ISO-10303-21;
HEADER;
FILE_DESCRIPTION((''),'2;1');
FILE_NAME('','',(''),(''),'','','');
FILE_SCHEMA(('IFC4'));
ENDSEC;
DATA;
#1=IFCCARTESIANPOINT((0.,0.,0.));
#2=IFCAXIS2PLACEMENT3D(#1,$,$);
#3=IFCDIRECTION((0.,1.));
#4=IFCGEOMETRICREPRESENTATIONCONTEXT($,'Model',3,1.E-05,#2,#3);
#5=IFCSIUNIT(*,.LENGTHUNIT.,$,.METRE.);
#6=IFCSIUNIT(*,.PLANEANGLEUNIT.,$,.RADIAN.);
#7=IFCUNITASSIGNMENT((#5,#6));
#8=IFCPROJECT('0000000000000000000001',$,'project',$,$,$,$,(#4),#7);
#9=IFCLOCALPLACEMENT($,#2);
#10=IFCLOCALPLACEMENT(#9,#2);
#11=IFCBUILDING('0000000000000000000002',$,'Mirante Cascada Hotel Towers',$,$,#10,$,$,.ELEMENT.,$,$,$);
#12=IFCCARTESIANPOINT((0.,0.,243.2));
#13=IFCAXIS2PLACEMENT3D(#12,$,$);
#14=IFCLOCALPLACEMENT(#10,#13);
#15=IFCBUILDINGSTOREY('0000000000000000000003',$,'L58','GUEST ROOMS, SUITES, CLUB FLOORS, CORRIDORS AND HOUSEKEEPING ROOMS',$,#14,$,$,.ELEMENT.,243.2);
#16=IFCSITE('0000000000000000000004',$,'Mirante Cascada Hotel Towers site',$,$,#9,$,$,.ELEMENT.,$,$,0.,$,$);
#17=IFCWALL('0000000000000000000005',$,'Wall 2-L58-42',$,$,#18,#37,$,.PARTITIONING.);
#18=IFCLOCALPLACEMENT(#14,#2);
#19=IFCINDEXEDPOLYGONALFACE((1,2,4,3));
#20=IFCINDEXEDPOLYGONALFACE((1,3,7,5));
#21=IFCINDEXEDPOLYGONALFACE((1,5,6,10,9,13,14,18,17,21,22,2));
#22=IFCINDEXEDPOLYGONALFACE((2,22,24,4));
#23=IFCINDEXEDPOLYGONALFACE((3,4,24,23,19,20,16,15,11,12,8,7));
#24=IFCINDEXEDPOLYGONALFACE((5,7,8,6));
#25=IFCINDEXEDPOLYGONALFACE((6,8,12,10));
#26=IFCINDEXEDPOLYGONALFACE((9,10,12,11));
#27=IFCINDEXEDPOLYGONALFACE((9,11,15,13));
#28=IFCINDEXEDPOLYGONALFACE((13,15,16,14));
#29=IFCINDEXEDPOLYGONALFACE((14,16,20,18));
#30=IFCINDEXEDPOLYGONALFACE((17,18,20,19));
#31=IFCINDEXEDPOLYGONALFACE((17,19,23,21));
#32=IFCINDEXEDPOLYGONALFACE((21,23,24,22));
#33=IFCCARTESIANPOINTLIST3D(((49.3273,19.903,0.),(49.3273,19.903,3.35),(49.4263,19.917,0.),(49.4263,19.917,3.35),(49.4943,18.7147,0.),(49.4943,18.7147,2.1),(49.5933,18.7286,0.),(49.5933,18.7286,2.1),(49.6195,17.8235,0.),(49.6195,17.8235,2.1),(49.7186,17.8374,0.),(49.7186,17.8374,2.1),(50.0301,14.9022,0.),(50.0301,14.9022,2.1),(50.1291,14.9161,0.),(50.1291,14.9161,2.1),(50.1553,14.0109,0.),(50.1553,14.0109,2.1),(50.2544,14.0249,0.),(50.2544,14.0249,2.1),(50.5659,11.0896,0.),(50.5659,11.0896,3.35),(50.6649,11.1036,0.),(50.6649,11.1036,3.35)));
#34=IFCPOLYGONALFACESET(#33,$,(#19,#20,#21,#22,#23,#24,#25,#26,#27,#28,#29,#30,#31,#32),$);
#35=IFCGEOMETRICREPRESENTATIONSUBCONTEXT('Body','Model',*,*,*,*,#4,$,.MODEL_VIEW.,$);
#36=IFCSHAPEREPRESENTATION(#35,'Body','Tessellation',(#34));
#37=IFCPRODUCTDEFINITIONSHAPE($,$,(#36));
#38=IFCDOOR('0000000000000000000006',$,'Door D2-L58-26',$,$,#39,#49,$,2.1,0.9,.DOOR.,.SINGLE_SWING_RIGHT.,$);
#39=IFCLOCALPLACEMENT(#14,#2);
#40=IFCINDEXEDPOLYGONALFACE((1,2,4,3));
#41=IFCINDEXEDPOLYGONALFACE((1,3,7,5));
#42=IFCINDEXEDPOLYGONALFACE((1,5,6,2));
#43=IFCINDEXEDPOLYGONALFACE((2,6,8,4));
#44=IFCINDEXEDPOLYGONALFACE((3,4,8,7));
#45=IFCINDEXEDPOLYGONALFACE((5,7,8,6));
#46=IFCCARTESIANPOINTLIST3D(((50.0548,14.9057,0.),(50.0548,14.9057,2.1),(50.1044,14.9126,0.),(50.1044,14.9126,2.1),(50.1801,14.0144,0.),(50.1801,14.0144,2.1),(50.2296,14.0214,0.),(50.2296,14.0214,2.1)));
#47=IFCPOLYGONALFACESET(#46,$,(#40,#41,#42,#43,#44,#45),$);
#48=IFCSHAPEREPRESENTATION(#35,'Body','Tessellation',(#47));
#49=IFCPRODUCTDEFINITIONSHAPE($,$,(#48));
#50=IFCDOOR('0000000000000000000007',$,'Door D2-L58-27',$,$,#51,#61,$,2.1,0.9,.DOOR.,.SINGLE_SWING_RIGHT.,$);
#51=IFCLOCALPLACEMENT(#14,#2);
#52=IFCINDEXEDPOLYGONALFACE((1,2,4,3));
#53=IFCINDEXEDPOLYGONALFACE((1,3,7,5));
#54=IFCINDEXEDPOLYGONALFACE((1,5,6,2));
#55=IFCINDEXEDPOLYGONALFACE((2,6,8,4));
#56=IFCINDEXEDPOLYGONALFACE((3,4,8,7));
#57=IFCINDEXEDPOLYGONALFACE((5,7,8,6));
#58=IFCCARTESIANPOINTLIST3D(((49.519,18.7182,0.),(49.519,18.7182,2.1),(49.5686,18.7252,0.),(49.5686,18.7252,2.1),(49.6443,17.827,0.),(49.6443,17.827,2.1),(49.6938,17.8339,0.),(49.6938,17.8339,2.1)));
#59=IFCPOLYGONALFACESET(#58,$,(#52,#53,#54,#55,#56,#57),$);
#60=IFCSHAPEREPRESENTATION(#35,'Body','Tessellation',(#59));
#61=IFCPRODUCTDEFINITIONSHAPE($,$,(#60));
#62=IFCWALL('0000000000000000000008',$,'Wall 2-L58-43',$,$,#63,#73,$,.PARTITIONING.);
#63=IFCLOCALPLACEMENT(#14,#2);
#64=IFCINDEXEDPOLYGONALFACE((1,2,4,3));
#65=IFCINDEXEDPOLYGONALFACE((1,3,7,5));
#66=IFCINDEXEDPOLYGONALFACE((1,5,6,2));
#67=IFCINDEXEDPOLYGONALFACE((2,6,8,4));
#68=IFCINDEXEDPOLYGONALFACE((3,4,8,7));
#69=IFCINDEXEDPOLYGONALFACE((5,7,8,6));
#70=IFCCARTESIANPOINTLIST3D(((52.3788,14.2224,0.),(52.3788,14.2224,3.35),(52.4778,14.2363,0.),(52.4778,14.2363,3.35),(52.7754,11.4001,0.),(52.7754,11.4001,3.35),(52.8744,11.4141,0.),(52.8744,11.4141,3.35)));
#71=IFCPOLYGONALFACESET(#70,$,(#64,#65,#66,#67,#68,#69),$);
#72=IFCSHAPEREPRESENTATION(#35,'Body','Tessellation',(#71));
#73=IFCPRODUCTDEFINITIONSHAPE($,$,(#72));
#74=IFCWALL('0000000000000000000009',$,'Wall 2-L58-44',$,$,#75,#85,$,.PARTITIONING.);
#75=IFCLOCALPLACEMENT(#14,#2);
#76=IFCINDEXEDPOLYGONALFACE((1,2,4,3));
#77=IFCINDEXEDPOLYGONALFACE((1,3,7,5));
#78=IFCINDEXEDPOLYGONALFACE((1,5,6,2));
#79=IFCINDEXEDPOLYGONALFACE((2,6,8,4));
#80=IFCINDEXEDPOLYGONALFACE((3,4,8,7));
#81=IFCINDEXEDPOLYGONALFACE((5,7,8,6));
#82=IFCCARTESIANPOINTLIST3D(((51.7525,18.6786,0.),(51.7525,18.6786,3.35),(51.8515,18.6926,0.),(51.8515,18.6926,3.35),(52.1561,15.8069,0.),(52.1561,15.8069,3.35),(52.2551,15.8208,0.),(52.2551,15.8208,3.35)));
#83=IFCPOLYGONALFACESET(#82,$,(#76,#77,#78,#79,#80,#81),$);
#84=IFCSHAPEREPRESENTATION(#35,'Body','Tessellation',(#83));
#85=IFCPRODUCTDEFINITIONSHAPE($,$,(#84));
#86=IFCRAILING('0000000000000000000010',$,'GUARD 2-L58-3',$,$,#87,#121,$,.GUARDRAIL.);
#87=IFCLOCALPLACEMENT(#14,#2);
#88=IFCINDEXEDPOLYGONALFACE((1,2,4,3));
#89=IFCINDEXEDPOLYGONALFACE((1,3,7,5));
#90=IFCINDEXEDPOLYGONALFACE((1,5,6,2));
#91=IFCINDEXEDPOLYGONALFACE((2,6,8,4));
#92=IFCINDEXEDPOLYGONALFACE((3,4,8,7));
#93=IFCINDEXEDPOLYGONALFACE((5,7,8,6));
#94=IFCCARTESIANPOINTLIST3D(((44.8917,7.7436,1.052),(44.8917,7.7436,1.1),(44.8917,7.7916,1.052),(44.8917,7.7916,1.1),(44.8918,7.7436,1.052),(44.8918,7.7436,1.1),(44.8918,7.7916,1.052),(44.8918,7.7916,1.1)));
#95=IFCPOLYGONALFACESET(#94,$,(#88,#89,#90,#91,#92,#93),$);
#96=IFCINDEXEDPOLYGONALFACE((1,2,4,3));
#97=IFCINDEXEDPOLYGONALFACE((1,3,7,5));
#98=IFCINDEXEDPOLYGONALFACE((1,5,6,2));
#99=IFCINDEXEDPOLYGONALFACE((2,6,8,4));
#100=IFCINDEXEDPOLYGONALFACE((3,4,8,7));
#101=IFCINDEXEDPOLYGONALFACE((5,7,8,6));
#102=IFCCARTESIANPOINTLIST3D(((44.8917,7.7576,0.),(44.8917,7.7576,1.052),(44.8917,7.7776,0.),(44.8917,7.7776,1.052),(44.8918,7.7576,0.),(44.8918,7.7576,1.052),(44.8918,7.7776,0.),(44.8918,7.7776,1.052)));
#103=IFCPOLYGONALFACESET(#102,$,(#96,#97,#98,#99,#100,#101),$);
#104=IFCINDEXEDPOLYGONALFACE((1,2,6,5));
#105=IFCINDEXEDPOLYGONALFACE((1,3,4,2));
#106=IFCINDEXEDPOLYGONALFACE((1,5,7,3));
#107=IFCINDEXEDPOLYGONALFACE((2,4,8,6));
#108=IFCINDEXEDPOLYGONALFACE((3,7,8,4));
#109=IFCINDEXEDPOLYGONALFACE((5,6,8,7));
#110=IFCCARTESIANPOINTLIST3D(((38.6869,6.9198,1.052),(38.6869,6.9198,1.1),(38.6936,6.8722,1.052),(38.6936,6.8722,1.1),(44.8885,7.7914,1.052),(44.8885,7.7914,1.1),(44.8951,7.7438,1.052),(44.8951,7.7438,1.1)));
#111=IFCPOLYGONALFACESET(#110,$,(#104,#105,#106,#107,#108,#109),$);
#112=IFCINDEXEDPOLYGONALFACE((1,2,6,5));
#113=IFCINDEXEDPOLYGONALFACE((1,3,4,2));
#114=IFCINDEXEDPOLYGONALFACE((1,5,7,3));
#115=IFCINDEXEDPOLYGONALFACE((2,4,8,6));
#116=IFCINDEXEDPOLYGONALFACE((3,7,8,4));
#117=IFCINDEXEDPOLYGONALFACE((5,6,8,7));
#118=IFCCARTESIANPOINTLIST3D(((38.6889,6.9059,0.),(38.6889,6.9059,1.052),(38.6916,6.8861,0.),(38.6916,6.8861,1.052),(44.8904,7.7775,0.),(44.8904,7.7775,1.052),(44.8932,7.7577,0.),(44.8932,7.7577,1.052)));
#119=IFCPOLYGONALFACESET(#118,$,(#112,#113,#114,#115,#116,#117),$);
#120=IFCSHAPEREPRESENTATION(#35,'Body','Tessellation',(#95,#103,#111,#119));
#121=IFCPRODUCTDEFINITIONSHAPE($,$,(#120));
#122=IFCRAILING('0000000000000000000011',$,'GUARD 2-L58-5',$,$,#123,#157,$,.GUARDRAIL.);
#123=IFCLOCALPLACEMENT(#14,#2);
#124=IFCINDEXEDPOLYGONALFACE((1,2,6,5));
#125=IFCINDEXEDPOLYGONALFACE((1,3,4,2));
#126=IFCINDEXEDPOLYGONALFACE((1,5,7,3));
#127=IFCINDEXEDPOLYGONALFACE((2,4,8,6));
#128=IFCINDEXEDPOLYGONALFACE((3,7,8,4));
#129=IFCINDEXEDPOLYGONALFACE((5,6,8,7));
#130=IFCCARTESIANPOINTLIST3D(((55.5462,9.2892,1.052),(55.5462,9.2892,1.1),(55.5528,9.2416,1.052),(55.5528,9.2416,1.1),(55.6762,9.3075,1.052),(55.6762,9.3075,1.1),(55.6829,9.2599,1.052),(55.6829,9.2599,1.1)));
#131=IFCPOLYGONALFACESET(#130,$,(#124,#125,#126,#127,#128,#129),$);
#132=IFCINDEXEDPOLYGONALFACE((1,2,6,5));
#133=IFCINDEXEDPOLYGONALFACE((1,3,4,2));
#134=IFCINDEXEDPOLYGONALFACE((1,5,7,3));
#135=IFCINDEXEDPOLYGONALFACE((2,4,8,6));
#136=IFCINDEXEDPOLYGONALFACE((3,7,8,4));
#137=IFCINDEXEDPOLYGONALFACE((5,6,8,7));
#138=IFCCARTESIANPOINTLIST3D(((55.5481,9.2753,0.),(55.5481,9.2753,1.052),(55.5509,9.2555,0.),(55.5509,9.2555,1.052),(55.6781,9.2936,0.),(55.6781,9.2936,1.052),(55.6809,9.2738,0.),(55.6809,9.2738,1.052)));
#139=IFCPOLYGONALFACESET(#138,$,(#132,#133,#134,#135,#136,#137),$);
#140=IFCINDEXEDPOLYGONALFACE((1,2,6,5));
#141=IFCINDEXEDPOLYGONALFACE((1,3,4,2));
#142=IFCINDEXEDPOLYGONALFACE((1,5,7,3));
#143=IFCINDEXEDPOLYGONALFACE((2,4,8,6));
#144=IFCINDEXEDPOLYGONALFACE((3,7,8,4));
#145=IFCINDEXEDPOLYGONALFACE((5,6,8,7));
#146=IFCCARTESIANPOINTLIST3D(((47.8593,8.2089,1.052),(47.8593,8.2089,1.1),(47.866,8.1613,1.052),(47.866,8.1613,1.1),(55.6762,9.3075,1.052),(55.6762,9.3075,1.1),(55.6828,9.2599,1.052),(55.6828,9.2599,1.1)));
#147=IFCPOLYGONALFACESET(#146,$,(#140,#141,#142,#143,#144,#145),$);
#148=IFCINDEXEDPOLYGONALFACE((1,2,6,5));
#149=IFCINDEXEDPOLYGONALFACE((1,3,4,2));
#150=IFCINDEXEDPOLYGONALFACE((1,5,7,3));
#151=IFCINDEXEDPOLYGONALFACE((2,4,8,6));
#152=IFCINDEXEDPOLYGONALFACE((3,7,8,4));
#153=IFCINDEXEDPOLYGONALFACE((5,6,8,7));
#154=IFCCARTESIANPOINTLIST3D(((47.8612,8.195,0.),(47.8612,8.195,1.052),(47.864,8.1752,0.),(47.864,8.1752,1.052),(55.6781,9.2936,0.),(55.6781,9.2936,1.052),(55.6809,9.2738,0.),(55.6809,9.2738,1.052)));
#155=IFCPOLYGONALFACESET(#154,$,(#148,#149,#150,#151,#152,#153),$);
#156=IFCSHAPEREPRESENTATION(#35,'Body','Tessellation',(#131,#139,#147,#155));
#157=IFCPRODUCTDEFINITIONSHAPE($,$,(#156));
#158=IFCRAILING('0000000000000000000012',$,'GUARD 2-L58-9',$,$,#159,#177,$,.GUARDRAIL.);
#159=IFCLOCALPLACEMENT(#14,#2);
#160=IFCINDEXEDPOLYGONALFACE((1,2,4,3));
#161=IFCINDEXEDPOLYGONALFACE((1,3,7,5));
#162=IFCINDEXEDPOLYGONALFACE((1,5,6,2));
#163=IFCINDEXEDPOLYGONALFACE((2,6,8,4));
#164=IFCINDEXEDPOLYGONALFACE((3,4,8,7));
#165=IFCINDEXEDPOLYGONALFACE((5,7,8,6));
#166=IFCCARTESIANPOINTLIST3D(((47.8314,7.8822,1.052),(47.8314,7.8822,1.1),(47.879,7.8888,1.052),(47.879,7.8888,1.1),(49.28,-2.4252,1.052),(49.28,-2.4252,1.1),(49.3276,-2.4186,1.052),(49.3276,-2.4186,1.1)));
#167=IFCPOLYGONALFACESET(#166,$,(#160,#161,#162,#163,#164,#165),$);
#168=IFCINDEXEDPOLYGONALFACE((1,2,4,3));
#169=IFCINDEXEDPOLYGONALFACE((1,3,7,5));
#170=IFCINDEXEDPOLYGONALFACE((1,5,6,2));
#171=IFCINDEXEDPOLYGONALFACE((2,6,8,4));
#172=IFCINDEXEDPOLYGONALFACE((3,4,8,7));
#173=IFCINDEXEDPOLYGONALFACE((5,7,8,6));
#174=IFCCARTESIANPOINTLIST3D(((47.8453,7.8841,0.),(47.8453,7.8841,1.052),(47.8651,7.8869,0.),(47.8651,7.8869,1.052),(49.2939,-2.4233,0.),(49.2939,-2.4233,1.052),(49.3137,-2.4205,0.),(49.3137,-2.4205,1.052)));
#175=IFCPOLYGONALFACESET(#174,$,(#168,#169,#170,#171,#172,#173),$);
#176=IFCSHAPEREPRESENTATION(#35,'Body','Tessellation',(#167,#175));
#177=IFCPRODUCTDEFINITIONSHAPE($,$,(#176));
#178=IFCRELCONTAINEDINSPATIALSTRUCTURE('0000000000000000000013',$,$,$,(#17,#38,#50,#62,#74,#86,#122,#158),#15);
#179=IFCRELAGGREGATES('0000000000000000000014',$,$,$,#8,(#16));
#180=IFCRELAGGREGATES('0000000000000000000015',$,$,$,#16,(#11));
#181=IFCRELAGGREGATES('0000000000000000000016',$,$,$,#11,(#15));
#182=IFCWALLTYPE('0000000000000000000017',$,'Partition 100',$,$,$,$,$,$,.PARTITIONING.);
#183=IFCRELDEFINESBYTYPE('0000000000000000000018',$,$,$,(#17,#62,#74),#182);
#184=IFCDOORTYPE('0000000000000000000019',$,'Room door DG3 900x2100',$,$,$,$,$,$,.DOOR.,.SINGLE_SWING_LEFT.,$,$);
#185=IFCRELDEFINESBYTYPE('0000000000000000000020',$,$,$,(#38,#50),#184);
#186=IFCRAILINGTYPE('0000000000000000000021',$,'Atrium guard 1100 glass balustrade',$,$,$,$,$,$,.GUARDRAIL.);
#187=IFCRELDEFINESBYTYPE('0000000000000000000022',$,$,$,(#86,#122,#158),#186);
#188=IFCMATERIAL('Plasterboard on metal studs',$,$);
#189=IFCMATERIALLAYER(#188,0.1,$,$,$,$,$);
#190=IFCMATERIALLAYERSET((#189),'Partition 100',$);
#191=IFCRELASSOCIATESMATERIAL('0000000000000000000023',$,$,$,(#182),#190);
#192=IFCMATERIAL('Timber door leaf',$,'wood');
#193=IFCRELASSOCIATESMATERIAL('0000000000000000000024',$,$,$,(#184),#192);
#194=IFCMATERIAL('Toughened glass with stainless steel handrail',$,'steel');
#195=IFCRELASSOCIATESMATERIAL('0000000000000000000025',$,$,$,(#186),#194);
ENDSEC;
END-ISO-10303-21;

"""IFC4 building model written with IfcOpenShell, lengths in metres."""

from ifc_helpers import new_model, si_unit, direction, frame, frame_2d, origin, origin_2d, place, context, subcontext, project, spatial, rectangle, extrude, material, layer, layer_set, type_object, element, fill, save


model = new_model("IFC4")

# Units and contexts
model_context = context("Model", 3, precision=1e-05, world=origin(), true_north=direction((0.0, 1.0)))
body_context = subcontext(model_context, "Body", "Model", "MODEL_VIEW")
ifc_project = project(units=[si_unit("LENGTHUNIT", "METRE"), si_unit("PLANEANGLEUNIT", "RADIAN")], contexts=[model_context])

# Site, building, storey
site_placement = place(None, origin())
site = spatial("IfcSite", under=ifc_project, at=site_placement, Name="Mirante Cascada Hotel Towers site", CompositionType="ELEMENT", RefElevation=0.0)
building_placement = place(site_placement, origin())
building = spatial("IfcBuilding", under=site, at=building_placement, Name="Mirante Cascada Hotel Towers", CompositionType="ELEMENT")
storey_placement = place(building_placement, frame((0.0, 0.0, 243.2)))
storey = spatial("IfcBuildingStorey", under=building, at=storey_placement, Name="L58", Description="GUEST ROOMS, SUITES, CLUB FLOORS, CORRIDORS AND HOUSEKEEPING ROOMS", CompositionType="ELEMENT", Elevation=243.2)

# Shared definitions
ifc_material_1 = material(Name="Plasterboard on metal studs")
ifc_layer_1 = layer(ifc_material_1, 0.1)
ifc_layer_set_1 = layer_set([ifc_layer_1], Name="Partition 100")
wall_type_1 = type_object("IfcWallType", Name="Partition 100", PredefinedType="PARTITIONING", material=ifc_layer_set_1)

# Wall, openings, doors
wall_1_placement = place(storey_placement, frame((49.3768, 19.91, 0.0), z_axis=(0.0, 0.0, 1.0), x_axis=(0.139168, -0.990269, 0.0)))
wall_1 = element("IfcWall", 1, at=wall_1_placement, inside=storey, type_object=wall_type_1, Name="Wall 2-L58-42", PredefinedType="PARTITIONING", context=body_context, shape_type="SweptSolid", body=[
    extrude(rectangle(XDim=8.9, YDim=0.1, at=frame_2d((4.45, 0.0))), origin(), (0.0, 0.0, 1.0), 3.35),
])
opening_1_placement = place(wall_1_placement, frame((5.05, 0.0, 0.0)))
opening_1 = element("IfcOpeningElement", 2, at=opening_1_placement, cuts=wall_1, PredefinedType="OPENING", context=body_context, shape_type="SweptSolid", body=[
    extrude(rectangle(XDim=0.9, YDim=2.1, at=frame_2d((0.45, 1.05))), frame((0.0, 0.05, 0.0), z_axis=(0.0, -1.0, 0.0), x_axis=(1.0, 0.0, 0.0)), (0.0, 0.0, 1.0), 0.1),
])
opening_2_placement = place(wall_1_placement, frame((1.2, 0.0, 0.0)))
opening_2 = element("IfcOpeningElement", 3, at=opening_2_placement, cuts=wall_1, PredefinedType="OPENING", context=body_context, shape_type="SweptSolid", body=[
    extrude(rectangle(XDim=0.9, YDim=2.1, at=frame_2d((0.45, 1.05))), frame((0.0, 0.05, 0.0), z_axis=(0.0, -1.0, 0.0), x_axis=(1.0, 0.0, 0.0)), (0.0, 0.0, 1.0), 0.1),
])
ifc_material_2 = material(Name="Timber door leaf", Category="wood")
door_type_1 = type_object("IfcDoorType", Name="Room door DG3 900x2100", OperationType="SINGLE_SWING_LEFT", PredefinedType="DOOR", material=ifc_material_2)
door_1_placement = place(opening_1_placement, frame((0.9, 0.0, 0.0), z_axis=(0.0, 0.0, 1.0), x_axis=(-1.0, 0.0, 0.0)))
door_1 = element("IfcDoor", 4, at=door_1_placement, inside=storey, type_object=door_type_1, Name="Door D2-L58-26", OperationType="SINGLE_SWING_RIGHT", OverallHeight=2.1, OverallWidth=0.9, PredefinedType="DOOR", context=body_context, shape_type="SweptSolid", body=[
    extrude(rectangle(XDim=0.9, YDim=2.1, at=frame_2d((0.45, 1.05))), frame((0.0, 0.025, 0.0), z_axis=(0.0, -1.0, 0.0), x_axis=(1.0, 0.0, 0.0)), (0.0, 0.0, 1.0), 0.05),
])
fill(opening_1, door_1)
door_2_placement = place(opening_2_placement, frame((0.9, 0.0, 0.0), z_axis=(0.0, 0.0, 1.0), x_axis=(-1.0, 0.0, 0.0)))
door_2 = element("IfcDoor", 5, at=door_2_placement, inside=storey, type_object=door_type_1, Name="Door D2-L58-27", OperationType="SINGLE_SWING_RIGHT", OverallHeight=2.1, OverallWidth=0.9, PredefinedType="DOOR", context=body_context, shape_type="SweptSolid", body=[
    extrude(rectangle(XDim=0.9, YDim=2.1, at=frame_2d((0.45, 1.05))), frame((0.0, 0.025, 0.0), z_axis=(0.0, -1.0, 0.0), x_axis=(1.0, 0.0, 0.0)), (0.0, 0.0, 1.0), 0.05),
])
fill(opening_2, door_2)

# Walls
wall_2_placement = place(storey_placement, frame((52.8249, 11.4071, 0.0), z_axis=(0.0, 0.0, 1.0), x_axis=(-0.139156, 0.99027, 0.0)))
element("IfcWall", 6, at=wall_2_placement, inside=storey, type_object=wall_type_1, Name="Wall 2-L58-43", PredefinedType="PARTITIONING", context=body_context, shape_type="SweptSolid", body=[
    extrude(rectangle(XDim=2.85, YDim=0.1, at=frame_2d((1.425, 0.0))), origin(), (0.0, 0.0, 1.0), 3.35),
])
wall_3_placement = place(storey_placement, frame((51.802, 18.6856, 0.0), z_axis=(0.0, 0.0, 1.0), x_axis=(0.139171, -0.990268, 0.0)))
element("IfcWall", 7, at=wall_3_placement, inside=storey, type_object=wall_type_1, Name="Wall 2-L58-44", PredefinedType="PARTITIONING", context=body_context, shape_type="SweptSolid", body=[
    extrude(rectangle(XDim=2.9, YDim=0.1, at=frame_2d((1.45, 0.0))), origin(), (0.0, 0.0, 1.0), 3.35),
])

# Railings
ifc_material_3 = material(Name="Toughened glass with stainless steel handrail", Category="steel")
railing_type = type_object("IfcRailingType", Name="Atrium guard 1100 glass balustrade", PredefinedType="GUARDRAIL", material=ifc_material_3)
railing_1_placement = place(storey_placement, frame((44.8917, 7.7676, 0.0)))
element("IfcRailing", 8, at=railing_1_placement, inside=storey, type_object=railing_type, Name="GUARD 2-L58-3", PredefinedType="GUARDRAIL", context=body_context, shape_type="SweptSolid", body=[
    extrude(rectangle(XDim=0.048, YDim=0.048, at=origin_2d()), frame((0.0, 0.0, 1.076), z_axis=(1.0, 0.0, 0.0), x_axis=(0.0, 1.0, 0.0)), (0.0, 0.0, 1.0), 0.0001),
    extrude(rectangle(XDim=0.02, YDim=1.052, at=origin_2d()), frame((0.0, 0.0, 0.526), z_axis=(1.0, 0.0, 0.0), x_axis=(0.0, 1.0, 0.0)), (0.0, 0.0, 1.0), 0.0001),
    extrude(rectangle(XDim=0.048, YDim=0.048, at=origin_2d()), frame((0.0001, 0.0, 1.076), z_axis=(-0.990268, -0.139177, 0.0), x_axis=(0.139177, -0.990268, 0.0)), (0.0, 0.0, 1.0), 6.2625),
    extrude(rectangle(XDim=0.02, YDim=1.052, at=origin_2d()), frame((0.0001, 0.0, 0.526), z_axis=(-0.990268, -0.139177, 0.0), x_axis=(0.139177, -0.990268, 0.0)), (0.0, 0.0, 1.0), 6.2625),
])
railing_2_placement = place(storey_placement, frame((55.5495, 9.2654, 0.0)))
element("IfcRailing", 9, at=railing_2_placement, inside=storey, type_object=railing_type, Name="GUARD 2-L58-5", PredefinedType="GUARDRAIL", context=body_context, shape_type="SweptSolid", body=[
    extrude(rectangle(XDim=0.048, YDim=0.048, at=origin_2d()), frame((0.0, 0.0, 1.076), z_axis=(0.990237, 0.139395, 0.0), x_axis=(-0.139395, 0.990237, 0.0)), (0.0, 0.0, 1.0), 0.1313),
    extrude(rectangle(XDim=0.02, YDim=1.052, at=origin_2d()), frame((0.0, 0.0, 0.526), z_axis=(0.990237, 0.139395, 0.0), x_axis=(-0.139395, 0.990237, 0.0)), (0.0, 0.0, 1.0), 0.1313),
    extrude(rectangle(XDim=0.048, YDim=0.048, at=origin_2d()), frame((0.13, 0.0183, 1.076), z_axis=(-0.990268, -0.139174, 0.0), x_axis=(0.139174, -0.990268, 0.0)), (0.0, 0.0, 1.0), 7.8937),
    extrude(rectangle(XDim=0.02, YDim=1.052, at=origin_2d()), frame((0.13, 0.0183, 0.526), z_axis=(-0.990268, -0.139174, 0.0), x_axis=(0.139174, -0.990268, 0.0)), (0.0, 0.0, 1.0), 7.8937),
])
railing_3_placement = place(storey_placement, frame((47.8552, 7.8855, 0.0)))
element("IfcRailing", 10, at=railing_3_placement, inside=storey, type_object=railing_type, Name="GUARD 2-L58-9", PredefinedType="GUARDRAIL", context=body_context, shape_type="SweptSolid", body=[
    extrude(rectangle(XDim=0.048, YDim=0.048, at=origin_2d()), frame((0.0, 0.0, 1.076), z_axis=(0.139172, -0.990268, 0.0), x_axis=(0.990268, 0.139172, 0.0)), (0.0, 0.0, 1.0), 10.4087),
    extrude(rectangle(XDim=0.02, YDim=1.052, at=origin_2d()), frame((0.0, 0.0, 0.526), z_axis=(0.139172, -0.990268, 0.0), x_axis=(0.990268, 0.139172, 0.0)), (0.0, 0.0, 1.0), 10.4087),
])

save(model, "model.ifc")
